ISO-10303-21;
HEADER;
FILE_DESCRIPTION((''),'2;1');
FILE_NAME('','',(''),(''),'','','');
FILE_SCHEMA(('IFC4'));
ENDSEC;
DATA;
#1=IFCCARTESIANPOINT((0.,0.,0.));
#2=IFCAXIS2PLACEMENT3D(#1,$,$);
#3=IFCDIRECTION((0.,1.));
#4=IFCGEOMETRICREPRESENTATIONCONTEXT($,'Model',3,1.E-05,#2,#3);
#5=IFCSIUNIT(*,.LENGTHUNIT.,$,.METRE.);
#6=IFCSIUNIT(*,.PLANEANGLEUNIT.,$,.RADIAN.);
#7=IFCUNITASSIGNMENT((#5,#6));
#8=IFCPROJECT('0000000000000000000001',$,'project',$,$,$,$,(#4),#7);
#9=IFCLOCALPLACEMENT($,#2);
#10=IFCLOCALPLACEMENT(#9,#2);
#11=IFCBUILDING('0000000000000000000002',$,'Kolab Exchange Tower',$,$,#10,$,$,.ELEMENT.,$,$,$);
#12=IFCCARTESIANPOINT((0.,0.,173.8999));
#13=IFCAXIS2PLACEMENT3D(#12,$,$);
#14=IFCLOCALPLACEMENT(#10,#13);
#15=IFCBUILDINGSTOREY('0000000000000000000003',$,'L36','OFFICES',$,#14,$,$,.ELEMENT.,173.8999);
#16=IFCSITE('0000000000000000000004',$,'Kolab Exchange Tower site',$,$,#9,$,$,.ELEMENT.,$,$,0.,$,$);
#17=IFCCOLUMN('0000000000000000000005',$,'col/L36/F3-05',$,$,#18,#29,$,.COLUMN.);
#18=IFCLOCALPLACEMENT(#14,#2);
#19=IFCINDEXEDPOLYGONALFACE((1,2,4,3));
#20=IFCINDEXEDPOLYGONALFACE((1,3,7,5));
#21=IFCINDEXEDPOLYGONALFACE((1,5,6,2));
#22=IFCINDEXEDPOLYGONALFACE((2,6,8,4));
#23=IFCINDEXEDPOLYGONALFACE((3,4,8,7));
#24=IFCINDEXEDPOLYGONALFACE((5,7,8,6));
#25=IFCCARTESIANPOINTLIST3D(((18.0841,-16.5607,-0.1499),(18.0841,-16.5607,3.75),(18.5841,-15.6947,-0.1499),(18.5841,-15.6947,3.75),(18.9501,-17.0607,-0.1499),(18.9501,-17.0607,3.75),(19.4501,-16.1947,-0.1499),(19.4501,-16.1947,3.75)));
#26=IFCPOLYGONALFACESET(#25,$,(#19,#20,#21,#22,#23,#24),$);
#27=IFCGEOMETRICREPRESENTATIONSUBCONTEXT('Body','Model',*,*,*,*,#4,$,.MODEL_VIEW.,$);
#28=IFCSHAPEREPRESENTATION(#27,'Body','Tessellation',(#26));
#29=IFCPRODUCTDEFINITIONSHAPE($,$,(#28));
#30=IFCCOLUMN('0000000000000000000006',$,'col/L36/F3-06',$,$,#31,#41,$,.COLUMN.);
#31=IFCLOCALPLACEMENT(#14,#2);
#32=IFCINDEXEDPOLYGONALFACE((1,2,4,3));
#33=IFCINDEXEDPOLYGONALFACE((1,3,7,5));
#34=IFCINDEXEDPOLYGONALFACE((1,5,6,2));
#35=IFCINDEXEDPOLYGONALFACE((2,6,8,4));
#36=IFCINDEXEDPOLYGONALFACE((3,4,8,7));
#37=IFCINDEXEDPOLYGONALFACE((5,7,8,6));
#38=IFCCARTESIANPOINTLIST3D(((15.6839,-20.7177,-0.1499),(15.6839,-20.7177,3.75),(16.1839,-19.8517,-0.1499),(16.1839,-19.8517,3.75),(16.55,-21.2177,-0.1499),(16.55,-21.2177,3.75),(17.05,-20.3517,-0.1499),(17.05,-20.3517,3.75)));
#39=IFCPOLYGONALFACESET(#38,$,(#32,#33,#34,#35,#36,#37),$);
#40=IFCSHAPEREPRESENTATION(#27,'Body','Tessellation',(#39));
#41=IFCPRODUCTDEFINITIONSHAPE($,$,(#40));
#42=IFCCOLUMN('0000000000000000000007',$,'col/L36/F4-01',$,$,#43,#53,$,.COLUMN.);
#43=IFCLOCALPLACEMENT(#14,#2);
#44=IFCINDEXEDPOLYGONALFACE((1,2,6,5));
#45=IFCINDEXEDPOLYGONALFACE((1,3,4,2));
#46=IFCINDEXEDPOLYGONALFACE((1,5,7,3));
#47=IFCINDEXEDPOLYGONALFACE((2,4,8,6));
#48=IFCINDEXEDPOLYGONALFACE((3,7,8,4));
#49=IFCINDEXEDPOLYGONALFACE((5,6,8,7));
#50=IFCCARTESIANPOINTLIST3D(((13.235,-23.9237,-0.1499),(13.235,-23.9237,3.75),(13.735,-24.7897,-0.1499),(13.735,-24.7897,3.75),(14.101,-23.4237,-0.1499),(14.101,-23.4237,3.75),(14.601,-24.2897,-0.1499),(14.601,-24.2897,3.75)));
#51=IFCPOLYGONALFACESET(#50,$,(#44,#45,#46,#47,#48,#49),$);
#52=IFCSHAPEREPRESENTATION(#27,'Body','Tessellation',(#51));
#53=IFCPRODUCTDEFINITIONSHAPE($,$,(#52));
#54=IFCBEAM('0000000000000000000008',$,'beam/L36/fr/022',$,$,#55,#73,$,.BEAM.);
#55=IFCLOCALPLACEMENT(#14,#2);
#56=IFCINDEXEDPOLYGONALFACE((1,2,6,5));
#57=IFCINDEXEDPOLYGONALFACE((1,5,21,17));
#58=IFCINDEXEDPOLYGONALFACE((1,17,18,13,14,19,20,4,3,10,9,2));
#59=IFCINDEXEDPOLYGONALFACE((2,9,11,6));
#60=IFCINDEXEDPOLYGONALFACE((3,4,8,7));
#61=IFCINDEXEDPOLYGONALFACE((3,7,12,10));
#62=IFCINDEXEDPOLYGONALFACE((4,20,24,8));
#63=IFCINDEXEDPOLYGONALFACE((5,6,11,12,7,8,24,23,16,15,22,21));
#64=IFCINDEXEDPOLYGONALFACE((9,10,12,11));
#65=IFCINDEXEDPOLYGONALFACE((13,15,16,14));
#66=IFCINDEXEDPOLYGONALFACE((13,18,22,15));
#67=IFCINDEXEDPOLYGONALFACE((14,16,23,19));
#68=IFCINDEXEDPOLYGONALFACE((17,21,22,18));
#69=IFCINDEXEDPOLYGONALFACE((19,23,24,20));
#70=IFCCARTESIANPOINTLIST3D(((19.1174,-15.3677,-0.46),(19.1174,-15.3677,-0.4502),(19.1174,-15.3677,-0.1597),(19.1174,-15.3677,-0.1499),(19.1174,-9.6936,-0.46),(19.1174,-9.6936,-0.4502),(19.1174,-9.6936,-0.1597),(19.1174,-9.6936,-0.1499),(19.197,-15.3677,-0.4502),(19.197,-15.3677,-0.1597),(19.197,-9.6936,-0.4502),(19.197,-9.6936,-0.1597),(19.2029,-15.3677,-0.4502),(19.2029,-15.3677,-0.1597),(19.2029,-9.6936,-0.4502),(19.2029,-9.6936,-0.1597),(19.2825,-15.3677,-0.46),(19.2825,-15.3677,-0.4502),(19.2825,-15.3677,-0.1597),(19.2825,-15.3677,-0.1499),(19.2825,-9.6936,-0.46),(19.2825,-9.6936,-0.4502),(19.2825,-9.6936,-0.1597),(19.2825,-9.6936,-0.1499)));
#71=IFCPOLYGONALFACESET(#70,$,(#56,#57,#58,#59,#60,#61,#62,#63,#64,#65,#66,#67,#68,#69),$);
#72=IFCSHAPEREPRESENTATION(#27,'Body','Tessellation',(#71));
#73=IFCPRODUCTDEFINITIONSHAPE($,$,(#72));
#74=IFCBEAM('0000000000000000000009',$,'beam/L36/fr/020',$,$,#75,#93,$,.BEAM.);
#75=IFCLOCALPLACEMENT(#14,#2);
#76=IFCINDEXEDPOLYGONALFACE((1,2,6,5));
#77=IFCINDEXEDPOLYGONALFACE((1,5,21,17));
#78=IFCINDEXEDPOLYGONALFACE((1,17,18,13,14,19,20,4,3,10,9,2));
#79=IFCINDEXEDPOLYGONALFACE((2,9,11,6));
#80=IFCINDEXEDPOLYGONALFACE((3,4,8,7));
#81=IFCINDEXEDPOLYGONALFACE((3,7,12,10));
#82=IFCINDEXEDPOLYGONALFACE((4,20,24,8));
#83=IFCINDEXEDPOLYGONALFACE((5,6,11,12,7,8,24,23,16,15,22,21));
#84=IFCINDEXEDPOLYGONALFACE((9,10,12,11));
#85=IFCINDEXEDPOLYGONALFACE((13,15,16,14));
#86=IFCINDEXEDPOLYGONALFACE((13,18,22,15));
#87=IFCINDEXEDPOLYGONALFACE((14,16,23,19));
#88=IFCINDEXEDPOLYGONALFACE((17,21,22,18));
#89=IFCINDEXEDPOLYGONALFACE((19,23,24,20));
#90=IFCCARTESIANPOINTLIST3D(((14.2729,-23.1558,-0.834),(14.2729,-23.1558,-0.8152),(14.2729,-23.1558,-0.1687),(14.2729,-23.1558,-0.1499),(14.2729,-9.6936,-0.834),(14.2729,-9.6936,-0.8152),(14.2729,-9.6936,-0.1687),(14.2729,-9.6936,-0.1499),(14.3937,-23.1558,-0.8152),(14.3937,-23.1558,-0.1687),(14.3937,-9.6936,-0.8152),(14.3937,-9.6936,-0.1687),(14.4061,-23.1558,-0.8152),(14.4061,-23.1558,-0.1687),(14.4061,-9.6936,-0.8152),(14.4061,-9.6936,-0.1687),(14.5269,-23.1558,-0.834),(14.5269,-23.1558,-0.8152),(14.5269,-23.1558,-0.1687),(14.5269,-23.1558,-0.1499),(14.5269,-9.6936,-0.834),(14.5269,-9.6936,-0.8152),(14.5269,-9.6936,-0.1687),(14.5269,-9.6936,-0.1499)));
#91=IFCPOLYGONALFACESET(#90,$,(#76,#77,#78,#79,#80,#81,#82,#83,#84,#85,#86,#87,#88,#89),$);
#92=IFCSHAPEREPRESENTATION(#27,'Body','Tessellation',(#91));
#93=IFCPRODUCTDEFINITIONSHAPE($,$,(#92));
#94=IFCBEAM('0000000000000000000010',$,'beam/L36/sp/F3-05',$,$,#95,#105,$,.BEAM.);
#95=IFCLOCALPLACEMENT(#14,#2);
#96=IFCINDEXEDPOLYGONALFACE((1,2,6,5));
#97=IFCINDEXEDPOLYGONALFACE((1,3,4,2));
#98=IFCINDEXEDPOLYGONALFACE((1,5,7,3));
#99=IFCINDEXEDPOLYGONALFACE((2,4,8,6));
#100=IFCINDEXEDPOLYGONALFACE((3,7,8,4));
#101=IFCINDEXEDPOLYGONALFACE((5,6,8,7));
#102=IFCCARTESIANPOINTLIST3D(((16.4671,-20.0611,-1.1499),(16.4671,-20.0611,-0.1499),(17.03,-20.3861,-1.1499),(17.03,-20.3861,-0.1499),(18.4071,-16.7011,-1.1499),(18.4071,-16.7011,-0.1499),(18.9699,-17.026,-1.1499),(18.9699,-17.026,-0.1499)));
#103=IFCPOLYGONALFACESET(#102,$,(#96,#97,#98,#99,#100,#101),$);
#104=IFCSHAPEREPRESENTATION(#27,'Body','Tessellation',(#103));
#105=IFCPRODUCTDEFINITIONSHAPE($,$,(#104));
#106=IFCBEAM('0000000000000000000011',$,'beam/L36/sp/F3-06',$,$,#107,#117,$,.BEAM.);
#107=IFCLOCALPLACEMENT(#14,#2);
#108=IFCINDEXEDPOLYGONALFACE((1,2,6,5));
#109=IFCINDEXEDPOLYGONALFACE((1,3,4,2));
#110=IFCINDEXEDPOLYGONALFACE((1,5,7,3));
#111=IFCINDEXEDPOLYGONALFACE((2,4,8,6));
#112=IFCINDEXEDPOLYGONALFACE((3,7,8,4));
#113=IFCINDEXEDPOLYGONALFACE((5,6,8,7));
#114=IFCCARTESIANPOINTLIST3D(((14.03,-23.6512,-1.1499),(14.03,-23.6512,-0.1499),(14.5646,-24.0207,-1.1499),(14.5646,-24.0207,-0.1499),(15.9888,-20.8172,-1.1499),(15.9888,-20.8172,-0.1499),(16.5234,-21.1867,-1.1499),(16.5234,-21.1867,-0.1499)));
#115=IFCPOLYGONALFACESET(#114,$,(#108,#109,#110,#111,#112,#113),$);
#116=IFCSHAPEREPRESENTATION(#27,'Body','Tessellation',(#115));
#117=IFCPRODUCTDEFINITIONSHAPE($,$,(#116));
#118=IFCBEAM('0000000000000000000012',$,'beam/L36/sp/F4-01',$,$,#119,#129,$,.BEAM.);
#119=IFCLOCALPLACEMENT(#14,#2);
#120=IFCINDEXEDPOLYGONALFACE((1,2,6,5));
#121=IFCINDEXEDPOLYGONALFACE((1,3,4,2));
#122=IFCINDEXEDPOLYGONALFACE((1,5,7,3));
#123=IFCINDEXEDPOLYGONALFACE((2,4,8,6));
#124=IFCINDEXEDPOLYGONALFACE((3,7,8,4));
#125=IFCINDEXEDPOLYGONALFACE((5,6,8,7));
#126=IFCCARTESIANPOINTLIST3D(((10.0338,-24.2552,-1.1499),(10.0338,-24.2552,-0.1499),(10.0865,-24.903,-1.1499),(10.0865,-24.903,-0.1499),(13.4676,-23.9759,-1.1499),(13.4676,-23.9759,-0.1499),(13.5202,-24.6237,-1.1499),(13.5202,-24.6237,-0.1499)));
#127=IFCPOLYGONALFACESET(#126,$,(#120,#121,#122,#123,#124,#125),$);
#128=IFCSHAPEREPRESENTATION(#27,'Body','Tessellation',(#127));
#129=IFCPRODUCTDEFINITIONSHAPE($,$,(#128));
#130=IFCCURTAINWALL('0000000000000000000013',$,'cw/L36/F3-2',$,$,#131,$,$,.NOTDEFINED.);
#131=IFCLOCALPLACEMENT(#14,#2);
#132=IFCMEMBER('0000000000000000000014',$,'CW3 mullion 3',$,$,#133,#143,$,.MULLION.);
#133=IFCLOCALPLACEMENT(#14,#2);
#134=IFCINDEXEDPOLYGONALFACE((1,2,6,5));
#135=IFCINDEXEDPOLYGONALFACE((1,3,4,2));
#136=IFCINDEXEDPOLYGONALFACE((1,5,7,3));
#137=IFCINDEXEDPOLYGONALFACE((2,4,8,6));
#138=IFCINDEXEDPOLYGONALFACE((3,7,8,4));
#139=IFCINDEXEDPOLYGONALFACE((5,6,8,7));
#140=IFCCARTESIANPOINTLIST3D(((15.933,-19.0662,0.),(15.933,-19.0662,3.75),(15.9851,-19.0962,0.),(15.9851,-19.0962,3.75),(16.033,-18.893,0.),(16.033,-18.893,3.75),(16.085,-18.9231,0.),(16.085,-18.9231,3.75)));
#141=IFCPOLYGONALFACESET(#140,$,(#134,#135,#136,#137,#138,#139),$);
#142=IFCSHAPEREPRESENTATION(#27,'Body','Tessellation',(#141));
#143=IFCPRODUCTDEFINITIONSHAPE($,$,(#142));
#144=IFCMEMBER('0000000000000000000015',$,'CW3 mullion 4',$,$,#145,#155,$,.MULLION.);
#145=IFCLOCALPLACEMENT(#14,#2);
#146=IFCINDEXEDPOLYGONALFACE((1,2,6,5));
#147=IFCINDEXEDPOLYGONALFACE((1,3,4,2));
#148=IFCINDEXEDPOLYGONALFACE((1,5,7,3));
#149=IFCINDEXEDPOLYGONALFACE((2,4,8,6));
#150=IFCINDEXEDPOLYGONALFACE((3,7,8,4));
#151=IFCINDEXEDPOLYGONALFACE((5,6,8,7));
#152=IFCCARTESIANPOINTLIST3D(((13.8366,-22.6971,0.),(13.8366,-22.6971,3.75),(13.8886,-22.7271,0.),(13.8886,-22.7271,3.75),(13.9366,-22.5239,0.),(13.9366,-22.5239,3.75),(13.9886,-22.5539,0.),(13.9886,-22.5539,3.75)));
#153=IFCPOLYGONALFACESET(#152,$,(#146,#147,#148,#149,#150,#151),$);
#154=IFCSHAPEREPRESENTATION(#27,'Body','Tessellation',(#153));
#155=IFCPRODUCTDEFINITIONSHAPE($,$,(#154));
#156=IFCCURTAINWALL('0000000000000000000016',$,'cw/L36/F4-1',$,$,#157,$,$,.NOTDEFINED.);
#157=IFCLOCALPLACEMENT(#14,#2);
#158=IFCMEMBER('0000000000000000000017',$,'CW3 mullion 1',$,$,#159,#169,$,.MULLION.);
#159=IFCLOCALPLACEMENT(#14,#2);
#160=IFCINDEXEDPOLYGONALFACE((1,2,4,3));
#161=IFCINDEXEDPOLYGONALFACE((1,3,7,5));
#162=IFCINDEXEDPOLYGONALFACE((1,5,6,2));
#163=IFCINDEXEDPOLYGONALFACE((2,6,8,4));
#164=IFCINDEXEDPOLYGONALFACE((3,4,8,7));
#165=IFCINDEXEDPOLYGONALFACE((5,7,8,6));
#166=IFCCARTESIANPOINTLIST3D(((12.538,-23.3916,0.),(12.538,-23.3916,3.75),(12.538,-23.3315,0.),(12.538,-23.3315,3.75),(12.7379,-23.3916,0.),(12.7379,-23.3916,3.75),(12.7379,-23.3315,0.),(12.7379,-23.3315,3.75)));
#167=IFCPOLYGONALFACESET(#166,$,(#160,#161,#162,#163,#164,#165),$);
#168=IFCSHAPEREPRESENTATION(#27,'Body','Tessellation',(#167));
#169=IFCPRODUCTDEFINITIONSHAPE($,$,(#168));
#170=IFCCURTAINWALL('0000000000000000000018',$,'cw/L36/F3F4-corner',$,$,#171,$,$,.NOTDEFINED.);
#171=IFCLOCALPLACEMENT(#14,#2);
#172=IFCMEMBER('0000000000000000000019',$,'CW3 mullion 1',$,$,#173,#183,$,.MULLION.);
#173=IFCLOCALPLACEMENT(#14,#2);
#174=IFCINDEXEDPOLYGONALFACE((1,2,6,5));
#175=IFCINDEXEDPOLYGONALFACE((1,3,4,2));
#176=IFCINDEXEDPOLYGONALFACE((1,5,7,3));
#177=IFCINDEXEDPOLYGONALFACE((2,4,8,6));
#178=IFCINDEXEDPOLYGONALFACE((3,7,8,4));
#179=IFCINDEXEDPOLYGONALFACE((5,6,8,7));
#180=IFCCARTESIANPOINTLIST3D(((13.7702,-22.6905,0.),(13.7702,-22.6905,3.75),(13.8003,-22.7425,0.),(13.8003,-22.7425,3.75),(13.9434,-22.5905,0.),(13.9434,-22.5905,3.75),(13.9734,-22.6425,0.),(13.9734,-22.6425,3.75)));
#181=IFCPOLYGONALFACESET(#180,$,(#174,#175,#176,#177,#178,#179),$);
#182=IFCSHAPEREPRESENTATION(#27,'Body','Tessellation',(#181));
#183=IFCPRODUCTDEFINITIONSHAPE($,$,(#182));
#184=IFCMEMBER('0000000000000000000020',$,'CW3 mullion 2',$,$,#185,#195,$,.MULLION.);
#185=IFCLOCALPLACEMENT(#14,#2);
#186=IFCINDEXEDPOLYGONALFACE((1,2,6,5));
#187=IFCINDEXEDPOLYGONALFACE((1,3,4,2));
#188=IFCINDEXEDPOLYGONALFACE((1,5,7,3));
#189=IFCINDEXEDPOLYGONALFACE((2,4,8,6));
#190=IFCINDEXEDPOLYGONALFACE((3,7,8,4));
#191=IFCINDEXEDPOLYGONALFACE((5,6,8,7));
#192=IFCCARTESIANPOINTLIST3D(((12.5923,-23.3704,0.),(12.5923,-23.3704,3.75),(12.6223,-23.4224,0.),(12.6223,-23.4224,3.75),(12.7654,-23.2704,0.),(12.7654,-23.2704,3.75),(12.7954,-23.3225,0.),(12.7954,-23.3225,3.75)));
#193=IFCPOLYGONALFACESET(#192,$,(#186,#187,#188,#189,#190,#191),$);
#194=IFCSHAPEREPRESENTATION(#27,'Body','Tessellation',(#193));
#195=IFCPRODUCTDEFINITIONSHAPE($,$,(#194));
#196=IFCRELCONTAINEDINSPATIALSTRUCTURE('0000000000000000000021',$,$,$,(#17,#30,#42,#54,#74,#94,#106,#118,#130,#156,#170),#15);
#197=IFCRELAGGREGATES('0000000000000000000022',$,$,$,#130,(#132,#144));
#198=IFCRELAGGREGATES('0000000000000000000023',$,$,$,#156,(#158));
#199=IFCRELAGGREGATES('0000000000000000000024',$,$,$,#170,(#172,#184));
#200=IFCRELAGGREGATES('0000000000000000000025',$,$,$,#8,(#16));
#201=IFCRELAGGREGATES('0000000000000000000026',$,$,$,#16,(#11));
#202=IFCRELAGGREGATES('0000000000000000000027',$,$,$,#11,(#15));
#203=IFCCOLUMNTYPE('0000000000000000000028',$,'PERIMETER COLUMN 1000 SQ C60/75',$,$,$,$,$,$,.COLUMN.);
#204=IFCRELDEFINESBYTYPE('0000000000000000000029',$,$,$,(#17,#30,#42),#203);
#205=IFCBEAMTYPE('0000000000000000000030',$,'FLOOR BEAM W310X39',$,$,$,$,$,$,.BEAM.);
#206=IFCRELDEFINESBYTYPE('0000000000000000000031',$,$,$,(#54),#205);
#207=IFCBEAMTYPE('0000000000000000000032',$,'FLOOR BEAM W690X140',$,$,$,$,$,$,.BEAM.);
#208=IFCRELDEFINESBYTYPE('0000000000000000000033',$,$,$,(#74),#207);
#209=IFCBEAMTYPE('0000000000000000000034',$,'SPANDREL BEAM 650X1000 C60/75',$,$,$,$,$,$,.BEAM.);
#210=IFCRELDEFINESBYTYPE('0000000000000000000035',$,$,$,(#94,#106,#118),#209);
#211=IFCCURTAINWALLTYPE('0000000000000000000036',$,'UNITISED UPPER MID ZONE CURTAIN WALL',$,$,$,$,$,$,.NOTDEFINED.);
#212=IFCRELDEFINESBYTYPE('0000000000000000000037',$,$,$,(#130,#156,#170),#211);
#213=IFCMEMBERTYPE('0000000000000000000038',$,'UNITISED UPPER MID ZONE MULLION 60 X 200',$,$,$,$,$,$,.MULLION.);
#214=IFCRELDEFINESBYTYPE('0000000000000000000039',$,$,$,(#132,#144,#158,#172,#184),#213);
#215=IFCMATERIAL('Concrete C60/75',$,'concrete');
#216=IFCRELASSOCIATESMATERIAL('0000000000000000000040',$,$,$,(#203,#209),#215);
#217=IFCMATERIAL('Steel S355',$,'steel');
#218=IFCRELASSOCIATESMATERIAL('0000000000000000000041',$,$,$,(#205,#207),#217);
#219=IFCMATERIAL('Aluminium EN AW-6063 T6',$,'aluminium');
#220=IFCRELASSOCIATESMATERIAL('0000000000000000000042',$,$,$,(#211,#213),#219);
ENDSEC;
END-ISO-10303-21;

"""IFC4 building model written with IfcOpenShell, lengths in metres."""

from ifc_helpers import new_model, si_unit, direction, frame, origin, origin_2d, place, context, subcontext, project, spatial, rectangle, i_section, extrude, material, material_profile, profile_set, type_object, element, aggregate, save


model = new_model("IFC4")

# Units and contexts
model_context = context("Model", 3, precision=1e-05, world=origin(), true_north=direction((0.0, 1.0)))
body_context = subcontext(model_context, "Body", "Model", "MODEL_VIEW")
ifc_project = project(units=[si_unit("LENGTHUNIT", "METRE"), si_unit("PLANEANGLEUNIT", "RADIAN")], contexts=[model_context])

# Site, building, storey
site_placement = place(None, origin())
site = spatial("IfcSite", under=ifc_project, at=site_placement, Name="Kolab Exchange Tower site", CompositionType="ELEMENT", RefElevation=0.0)
building_placement = place(site_placement, origin())
building = spatial("IfcBuilding", under=site, at=building_placement, Name="Kolab Exchange Tower", CompositionType="ELEMENT")
storey_placement = place(building_placement, frame((0.0, 0.0, 173.8999)))
storey = spatial("IfcBuildingStorey", under=building, at=storey_placement, Name="L36", Description="OFFICES", CompositionType="ELEMENT", Elevation=173.8999)

# Columns
ifc_material_1 = material(Name="Concrete C60/75", Category="concrete")
ifc_material_profile_1 = material_profile(ifc_material_1, rectangle(XDim=1.0, YDim=1.0, at=origin_2d()), Name="RC1000")
ifc_profile_set_1 = profile_set([ifc_material_profile_1], Name="Concrete C60/75")
column_type = type_object("IfcColumnType", Name="PERIMETER COLUMN 1000 SQ C60/75", PredefinedType="COLUMN", material=ifc_profile_set_1)
for number, where, z_axis, x_axis, name in (
    (1, (18.7671, -16.3777, -0.1499), (0.0, 0.0, 1.0), (0.5, 0.866025, 0.0), "col/L36/F3-05"),
    (2, (16.3669, -20.5347, -0.1499), (0.0, 0.0, 1.0), (0.5, 0.866025, 0.0), "col/L36/F3-06"),
    (3, (13.918, -24.1067, -0.1499), (0.0, 0.0, 1.0), (0.866025, 0.5, 0.0), "col/L36/F4-01"),
):
    element("IfcColumn", number, at=place(storey_placement, frame(where, z_axis=z_axis, x_axis=x_axis)), inside=storey, type_object=column_type, Name=name, PredefinedType="COLUMN", context=body_context, shape_type="SweptSolid", body=[
        extrude(rectangle(XDim=1.0, YDim=1.0, at=origin_2d()), origin(), (0.0, 0.0, 1.0), 3.8999),
    ])

# Beams
ifc_material_2 = material(Name="Steel S355", Category="steel")
ifc_material_profile_2 = material_profile(ifc_material_2, i_section(OverallWidth=0.165, OverallDepth=0.3101, WebThickness=0.0059, FlangeThickness=0.0098, at=origin_2d()), Name="W310X39")
ifc_profile_set_2 = profile_set([ifc_material_profile_2], Name="Steel S355")
beam_type_1 = type_object("IfcBeamType", Name="FLOOR BEAM W310X39", PredefinedType="BEAM", material=ifc_profile_set_2)
beam_1_placement = place(storey_placement, frame((19.2, -15.3677, -0.3049), z_axis=(0.0, 1.0, 0.0), x_axis=(-1.0, 0.0, 0.0)))
element("IfcBeam", 4, at=beam_1_placement, inside=storey, type_object=beam_type_1, Name="beam/L36/fr/022", PredefinedType="BEAM", context=body_context, shape_type="SweptSolid", body=[
    extrude(i_section(OverallWidth=0.165, OverallDepth=0.3101, WebThickness=0.0059, FlangeThickness=0.0098, at=origin_2d()), origin(), (0.0, 0.0, 1.0), 5.6741),
])
ifc_material_profile_3 = material_profile(ifc_material_2, i_section(OverallWidth=0.2539, OverallDepth=0.6841, WebThickness=0.0125, FlangeThickness=0.0188, at=origin_2d()), Name="W690X140")
ifc_profile_set_3 = profile_set([ifc_material_profile_3], Name="Steel S355")
beam_type_2 = type_object("IfcBeamType", Name="FLOOR BEAM W690X140", PredefinedType="BEAM", material=ifc_profile_set_3)
beam_2_placement = place(storey_placement, frame((14.3999, -23.1558, -0.4919), z_axis=(0.0, 1.0, 0.0), x_axis=(-1.0, 0.0, 0.0)))
element("IfcBeam", 5, at=beam_2_placement, inside=storey, type_object=beam_type_2, Name="beam/L36/fr/020", PredefinedType="BEAM", context=body_context, shape_type="SweptSolid", body=[
    extrude(i_section(OverallWidth=0.2539, OverallDepth=0.6841, WebThickness=0.0125, FlangeThickness=0.0188, at=origin_2d()), origin(), (0.0, 0.0, 1.0), 13.4622),
])
ifc_material_profile_4 = material_profile(ifc_material_1, rectangle(XDim=0.6499, YDim=1.0, at=origin_2d()), Name="RC650X1000")
ifc_profile_set_4 = profile_set([ifc_material_profile_4], Name="Concrete C60/75")
beam_type_3 = type_object("IfcBeamType", Name="SPANDREL BEAM 650X1000 C60/75", PredefinedType="BEAM", material=ifc_profile_set_4)
beam_3_placement = place(storey_placement, frame((18.6885, -16.8635, -0.6499), z_axis=(-0.499997, -0.866027, 0.0), x_axis=(0.866027, -0.499997, 0.0)))
element("IfcBeam", 6, at=beam_3_placement, inside=storey, type_object=beam_type_3, Name="beam/L36/sp/F3-05", PredefinedType="BEAM", context=body_context, shape_type="SweptSolid", body=[
    extrude(rectangle(XDim=0.6499, YDim=1.0, at=origin_2d()), origin(), (0.0, 0.0, 1.0), 3.8799),
])
for number, where, z_axis, x_axis, name in (
    (7, (16.2561, -21.002, -0.6499), (-0.568572, -0.822633, 0.0), (0.822633, -0.568572, 0.0), "beam/L36/sp/F3-06"),
    (8, (13.4939, -24.2998, -0.6499), (-0.996708, -0.081069, 0.0), (0.081069, -0.996708, 0.0), "beam/L36/sp/F4-01"),
):
    element("IfcBeam", number, at=place(storey_placement, frame(where, z_axis=z_axis, x_axis=x_axis)), inside=storey, type_object=beam_type_3, Name=name, PredefinedType="BEAM", context=body_context, shape_type="SweptSolid", body=[
        extrude(rectangle(XDim=0.6499, YDim=1.0, at=origin_2d()), origin(), (0.0, 0.0, 1.0), 3.4451),
    ])

# Curtain wall, members
ifc_material_3 = material(Name="Aluminium EN AW-6063 T6", Category="aluminium")
curtain_wall_type = type_object("IfcCurtainWallType", Name="UNITISED UPPER MID ZONE CURTAIN WALL", PredefinedType="NOTDEFINED", material=ifc_material_3)
curtain_wall_1_placement = place(storey_placement, origin())
curtain_wall_1 = element("IfcCurtainWall", 9, at=curtain_wall_1_placement, inside=storey, type_object=curtain_wall_type, Name="cw/L36/F3-2", PredefinedType="NOTDEFINED")
ifc_material_profile_5 = material_profile(ifc_material_3, rectangle(XDim=0.0601, YDim=0.2, at=origin_2d()), Name="RECT 60X200")
ifc_profile_set_5 = profile_set([ifc_material_profile_5], Name="Aluminium EN AW-6063 T6")
member_type_1 = type_object("IfcMemberType", Name="UNITISED UPPER MID ZONE MULLION 60 X 200", PredefinedType="MULLION", material=ifc_profile_set_5)
member_1_placement = place(storey_placement, frame((16.009, -18.9946, 0.0), z_axis=(0.0, 0.0, 1.0), x_axis=(0.866025, -0.5, 0.0)))
member_1 = element("IfcMember", 10, at=member_1_placement, type_object=member_type_1, Name="CW3 mullion 3", PredefinedType="MULLION", context=body_context, shape_type="SweptSolid", body=[
    extrude(rectangle(XDim=0.0601, YDim=0.2, at=origin_2d()), origin(), (0.0, 0.0, 1.0), 3.75),
])
member_2_placement = place(storey_placement, frame((13.9126, -22.6255, 0.0), z_axis=(0.0, 0.0, 1.0), x_axis=(0.866025, -0.5, 0.0)))
member_2 = element("IfcMember", 11, at=member_2_placement, type_object=member_type_1, Name="CW3 mullion 4", PredefinedType="MULLION", context=body_context, shape_type="SweptSolid", body=[
    extrude(rectangle(XDim=0.0601, YDim=0.2, at=origin_2d()), origin(), (0.0, 0.0, 1.0), 3.75),
])

# Curtain wall, member
curtain_wall_2_placement = place(storey_placement, origin())
curtain_wall_2 = element("IfcCurtainWall", 12, at=curtain_wall_2_placement, inside=storey, type_object=curtain_wall_type, Name="cw/L36/F4-1", PredefinedType="NOTDEFINED")
member_3_placement = place(storey_placement, frame((12.6379, -23.3616, 0.0), z_axis=(0.0, 0.0, 1.0), x_axis=(0.0, -1.0, 0.0)))
member_3 = element("IfcMember", 13, at=member_3_placement, type_object=member_type_1, Name="CW3 mullion 1", PredefinedType="MULLION", context=body_context, shape_type="SweptSolid", body=[
    extrude(rectangle(XDim=0.0601, YDim=0.2, at=origin_2d()), origin(), (0.0, 0.0, 1.0), 3.75),
])

# Curtain wall, members
curtain_wall_3_placement = place(storey_placement, origin())
curtain_wall_3 = element("IfcCurtainWall", 14, at=curtain_wall_3_placement, inside=storey, type_object=curtain_wall_type, Name="cw/L36/F3F4-corner", PredefinedType="NOTDEFINED")
member_4_placement = place(storey_placement, frame((13.8718, -22.6665, 0.0), z_axis=(0.0, 0.0, 1.0), x_axis=(0.5, -0.866025, 0.0)))
member_4 = element("IfcMember", 15, at=member_4_placement, type_object=member_type_1, Name="CW3 mullion 1", PredefinedType="MULLION", context=body_context, shape_type="SweptSolid", body=[
    extrude(rectangle(XDim=0.0601, YDim=0.2, at=origin_2d()), origin(), (0.0, 0.0, 1.0), 3.75),
])
member_5_placement = place(storey_placement, frame((12.6938, -23.3464, 0.0), z_axis=(0.0, 0.0, 1.0), x_axis=(0.5, -0.866025, 0.0)))
member_5 = element("IfcMember", 16, at=member_5_placement, type_object=member_type_1, Name="CW3 mullion 2", PredefinedType="MULLION", context=body_context, shape_type="SweptSolid", body=[
    extrude(rectangle(XDim=0.0601, YDim=0.2, at=origin_2d()), origin(), (0.0, 0.0, 1.0), 3.75),
])

aggregate(curtain_wall_1, [member_1, member_2])
aggregate(curtain_wall_2, [member_3])
aggregate(curtain_wall_3, [member_4, member_5])

save(model, "model.ifc")
